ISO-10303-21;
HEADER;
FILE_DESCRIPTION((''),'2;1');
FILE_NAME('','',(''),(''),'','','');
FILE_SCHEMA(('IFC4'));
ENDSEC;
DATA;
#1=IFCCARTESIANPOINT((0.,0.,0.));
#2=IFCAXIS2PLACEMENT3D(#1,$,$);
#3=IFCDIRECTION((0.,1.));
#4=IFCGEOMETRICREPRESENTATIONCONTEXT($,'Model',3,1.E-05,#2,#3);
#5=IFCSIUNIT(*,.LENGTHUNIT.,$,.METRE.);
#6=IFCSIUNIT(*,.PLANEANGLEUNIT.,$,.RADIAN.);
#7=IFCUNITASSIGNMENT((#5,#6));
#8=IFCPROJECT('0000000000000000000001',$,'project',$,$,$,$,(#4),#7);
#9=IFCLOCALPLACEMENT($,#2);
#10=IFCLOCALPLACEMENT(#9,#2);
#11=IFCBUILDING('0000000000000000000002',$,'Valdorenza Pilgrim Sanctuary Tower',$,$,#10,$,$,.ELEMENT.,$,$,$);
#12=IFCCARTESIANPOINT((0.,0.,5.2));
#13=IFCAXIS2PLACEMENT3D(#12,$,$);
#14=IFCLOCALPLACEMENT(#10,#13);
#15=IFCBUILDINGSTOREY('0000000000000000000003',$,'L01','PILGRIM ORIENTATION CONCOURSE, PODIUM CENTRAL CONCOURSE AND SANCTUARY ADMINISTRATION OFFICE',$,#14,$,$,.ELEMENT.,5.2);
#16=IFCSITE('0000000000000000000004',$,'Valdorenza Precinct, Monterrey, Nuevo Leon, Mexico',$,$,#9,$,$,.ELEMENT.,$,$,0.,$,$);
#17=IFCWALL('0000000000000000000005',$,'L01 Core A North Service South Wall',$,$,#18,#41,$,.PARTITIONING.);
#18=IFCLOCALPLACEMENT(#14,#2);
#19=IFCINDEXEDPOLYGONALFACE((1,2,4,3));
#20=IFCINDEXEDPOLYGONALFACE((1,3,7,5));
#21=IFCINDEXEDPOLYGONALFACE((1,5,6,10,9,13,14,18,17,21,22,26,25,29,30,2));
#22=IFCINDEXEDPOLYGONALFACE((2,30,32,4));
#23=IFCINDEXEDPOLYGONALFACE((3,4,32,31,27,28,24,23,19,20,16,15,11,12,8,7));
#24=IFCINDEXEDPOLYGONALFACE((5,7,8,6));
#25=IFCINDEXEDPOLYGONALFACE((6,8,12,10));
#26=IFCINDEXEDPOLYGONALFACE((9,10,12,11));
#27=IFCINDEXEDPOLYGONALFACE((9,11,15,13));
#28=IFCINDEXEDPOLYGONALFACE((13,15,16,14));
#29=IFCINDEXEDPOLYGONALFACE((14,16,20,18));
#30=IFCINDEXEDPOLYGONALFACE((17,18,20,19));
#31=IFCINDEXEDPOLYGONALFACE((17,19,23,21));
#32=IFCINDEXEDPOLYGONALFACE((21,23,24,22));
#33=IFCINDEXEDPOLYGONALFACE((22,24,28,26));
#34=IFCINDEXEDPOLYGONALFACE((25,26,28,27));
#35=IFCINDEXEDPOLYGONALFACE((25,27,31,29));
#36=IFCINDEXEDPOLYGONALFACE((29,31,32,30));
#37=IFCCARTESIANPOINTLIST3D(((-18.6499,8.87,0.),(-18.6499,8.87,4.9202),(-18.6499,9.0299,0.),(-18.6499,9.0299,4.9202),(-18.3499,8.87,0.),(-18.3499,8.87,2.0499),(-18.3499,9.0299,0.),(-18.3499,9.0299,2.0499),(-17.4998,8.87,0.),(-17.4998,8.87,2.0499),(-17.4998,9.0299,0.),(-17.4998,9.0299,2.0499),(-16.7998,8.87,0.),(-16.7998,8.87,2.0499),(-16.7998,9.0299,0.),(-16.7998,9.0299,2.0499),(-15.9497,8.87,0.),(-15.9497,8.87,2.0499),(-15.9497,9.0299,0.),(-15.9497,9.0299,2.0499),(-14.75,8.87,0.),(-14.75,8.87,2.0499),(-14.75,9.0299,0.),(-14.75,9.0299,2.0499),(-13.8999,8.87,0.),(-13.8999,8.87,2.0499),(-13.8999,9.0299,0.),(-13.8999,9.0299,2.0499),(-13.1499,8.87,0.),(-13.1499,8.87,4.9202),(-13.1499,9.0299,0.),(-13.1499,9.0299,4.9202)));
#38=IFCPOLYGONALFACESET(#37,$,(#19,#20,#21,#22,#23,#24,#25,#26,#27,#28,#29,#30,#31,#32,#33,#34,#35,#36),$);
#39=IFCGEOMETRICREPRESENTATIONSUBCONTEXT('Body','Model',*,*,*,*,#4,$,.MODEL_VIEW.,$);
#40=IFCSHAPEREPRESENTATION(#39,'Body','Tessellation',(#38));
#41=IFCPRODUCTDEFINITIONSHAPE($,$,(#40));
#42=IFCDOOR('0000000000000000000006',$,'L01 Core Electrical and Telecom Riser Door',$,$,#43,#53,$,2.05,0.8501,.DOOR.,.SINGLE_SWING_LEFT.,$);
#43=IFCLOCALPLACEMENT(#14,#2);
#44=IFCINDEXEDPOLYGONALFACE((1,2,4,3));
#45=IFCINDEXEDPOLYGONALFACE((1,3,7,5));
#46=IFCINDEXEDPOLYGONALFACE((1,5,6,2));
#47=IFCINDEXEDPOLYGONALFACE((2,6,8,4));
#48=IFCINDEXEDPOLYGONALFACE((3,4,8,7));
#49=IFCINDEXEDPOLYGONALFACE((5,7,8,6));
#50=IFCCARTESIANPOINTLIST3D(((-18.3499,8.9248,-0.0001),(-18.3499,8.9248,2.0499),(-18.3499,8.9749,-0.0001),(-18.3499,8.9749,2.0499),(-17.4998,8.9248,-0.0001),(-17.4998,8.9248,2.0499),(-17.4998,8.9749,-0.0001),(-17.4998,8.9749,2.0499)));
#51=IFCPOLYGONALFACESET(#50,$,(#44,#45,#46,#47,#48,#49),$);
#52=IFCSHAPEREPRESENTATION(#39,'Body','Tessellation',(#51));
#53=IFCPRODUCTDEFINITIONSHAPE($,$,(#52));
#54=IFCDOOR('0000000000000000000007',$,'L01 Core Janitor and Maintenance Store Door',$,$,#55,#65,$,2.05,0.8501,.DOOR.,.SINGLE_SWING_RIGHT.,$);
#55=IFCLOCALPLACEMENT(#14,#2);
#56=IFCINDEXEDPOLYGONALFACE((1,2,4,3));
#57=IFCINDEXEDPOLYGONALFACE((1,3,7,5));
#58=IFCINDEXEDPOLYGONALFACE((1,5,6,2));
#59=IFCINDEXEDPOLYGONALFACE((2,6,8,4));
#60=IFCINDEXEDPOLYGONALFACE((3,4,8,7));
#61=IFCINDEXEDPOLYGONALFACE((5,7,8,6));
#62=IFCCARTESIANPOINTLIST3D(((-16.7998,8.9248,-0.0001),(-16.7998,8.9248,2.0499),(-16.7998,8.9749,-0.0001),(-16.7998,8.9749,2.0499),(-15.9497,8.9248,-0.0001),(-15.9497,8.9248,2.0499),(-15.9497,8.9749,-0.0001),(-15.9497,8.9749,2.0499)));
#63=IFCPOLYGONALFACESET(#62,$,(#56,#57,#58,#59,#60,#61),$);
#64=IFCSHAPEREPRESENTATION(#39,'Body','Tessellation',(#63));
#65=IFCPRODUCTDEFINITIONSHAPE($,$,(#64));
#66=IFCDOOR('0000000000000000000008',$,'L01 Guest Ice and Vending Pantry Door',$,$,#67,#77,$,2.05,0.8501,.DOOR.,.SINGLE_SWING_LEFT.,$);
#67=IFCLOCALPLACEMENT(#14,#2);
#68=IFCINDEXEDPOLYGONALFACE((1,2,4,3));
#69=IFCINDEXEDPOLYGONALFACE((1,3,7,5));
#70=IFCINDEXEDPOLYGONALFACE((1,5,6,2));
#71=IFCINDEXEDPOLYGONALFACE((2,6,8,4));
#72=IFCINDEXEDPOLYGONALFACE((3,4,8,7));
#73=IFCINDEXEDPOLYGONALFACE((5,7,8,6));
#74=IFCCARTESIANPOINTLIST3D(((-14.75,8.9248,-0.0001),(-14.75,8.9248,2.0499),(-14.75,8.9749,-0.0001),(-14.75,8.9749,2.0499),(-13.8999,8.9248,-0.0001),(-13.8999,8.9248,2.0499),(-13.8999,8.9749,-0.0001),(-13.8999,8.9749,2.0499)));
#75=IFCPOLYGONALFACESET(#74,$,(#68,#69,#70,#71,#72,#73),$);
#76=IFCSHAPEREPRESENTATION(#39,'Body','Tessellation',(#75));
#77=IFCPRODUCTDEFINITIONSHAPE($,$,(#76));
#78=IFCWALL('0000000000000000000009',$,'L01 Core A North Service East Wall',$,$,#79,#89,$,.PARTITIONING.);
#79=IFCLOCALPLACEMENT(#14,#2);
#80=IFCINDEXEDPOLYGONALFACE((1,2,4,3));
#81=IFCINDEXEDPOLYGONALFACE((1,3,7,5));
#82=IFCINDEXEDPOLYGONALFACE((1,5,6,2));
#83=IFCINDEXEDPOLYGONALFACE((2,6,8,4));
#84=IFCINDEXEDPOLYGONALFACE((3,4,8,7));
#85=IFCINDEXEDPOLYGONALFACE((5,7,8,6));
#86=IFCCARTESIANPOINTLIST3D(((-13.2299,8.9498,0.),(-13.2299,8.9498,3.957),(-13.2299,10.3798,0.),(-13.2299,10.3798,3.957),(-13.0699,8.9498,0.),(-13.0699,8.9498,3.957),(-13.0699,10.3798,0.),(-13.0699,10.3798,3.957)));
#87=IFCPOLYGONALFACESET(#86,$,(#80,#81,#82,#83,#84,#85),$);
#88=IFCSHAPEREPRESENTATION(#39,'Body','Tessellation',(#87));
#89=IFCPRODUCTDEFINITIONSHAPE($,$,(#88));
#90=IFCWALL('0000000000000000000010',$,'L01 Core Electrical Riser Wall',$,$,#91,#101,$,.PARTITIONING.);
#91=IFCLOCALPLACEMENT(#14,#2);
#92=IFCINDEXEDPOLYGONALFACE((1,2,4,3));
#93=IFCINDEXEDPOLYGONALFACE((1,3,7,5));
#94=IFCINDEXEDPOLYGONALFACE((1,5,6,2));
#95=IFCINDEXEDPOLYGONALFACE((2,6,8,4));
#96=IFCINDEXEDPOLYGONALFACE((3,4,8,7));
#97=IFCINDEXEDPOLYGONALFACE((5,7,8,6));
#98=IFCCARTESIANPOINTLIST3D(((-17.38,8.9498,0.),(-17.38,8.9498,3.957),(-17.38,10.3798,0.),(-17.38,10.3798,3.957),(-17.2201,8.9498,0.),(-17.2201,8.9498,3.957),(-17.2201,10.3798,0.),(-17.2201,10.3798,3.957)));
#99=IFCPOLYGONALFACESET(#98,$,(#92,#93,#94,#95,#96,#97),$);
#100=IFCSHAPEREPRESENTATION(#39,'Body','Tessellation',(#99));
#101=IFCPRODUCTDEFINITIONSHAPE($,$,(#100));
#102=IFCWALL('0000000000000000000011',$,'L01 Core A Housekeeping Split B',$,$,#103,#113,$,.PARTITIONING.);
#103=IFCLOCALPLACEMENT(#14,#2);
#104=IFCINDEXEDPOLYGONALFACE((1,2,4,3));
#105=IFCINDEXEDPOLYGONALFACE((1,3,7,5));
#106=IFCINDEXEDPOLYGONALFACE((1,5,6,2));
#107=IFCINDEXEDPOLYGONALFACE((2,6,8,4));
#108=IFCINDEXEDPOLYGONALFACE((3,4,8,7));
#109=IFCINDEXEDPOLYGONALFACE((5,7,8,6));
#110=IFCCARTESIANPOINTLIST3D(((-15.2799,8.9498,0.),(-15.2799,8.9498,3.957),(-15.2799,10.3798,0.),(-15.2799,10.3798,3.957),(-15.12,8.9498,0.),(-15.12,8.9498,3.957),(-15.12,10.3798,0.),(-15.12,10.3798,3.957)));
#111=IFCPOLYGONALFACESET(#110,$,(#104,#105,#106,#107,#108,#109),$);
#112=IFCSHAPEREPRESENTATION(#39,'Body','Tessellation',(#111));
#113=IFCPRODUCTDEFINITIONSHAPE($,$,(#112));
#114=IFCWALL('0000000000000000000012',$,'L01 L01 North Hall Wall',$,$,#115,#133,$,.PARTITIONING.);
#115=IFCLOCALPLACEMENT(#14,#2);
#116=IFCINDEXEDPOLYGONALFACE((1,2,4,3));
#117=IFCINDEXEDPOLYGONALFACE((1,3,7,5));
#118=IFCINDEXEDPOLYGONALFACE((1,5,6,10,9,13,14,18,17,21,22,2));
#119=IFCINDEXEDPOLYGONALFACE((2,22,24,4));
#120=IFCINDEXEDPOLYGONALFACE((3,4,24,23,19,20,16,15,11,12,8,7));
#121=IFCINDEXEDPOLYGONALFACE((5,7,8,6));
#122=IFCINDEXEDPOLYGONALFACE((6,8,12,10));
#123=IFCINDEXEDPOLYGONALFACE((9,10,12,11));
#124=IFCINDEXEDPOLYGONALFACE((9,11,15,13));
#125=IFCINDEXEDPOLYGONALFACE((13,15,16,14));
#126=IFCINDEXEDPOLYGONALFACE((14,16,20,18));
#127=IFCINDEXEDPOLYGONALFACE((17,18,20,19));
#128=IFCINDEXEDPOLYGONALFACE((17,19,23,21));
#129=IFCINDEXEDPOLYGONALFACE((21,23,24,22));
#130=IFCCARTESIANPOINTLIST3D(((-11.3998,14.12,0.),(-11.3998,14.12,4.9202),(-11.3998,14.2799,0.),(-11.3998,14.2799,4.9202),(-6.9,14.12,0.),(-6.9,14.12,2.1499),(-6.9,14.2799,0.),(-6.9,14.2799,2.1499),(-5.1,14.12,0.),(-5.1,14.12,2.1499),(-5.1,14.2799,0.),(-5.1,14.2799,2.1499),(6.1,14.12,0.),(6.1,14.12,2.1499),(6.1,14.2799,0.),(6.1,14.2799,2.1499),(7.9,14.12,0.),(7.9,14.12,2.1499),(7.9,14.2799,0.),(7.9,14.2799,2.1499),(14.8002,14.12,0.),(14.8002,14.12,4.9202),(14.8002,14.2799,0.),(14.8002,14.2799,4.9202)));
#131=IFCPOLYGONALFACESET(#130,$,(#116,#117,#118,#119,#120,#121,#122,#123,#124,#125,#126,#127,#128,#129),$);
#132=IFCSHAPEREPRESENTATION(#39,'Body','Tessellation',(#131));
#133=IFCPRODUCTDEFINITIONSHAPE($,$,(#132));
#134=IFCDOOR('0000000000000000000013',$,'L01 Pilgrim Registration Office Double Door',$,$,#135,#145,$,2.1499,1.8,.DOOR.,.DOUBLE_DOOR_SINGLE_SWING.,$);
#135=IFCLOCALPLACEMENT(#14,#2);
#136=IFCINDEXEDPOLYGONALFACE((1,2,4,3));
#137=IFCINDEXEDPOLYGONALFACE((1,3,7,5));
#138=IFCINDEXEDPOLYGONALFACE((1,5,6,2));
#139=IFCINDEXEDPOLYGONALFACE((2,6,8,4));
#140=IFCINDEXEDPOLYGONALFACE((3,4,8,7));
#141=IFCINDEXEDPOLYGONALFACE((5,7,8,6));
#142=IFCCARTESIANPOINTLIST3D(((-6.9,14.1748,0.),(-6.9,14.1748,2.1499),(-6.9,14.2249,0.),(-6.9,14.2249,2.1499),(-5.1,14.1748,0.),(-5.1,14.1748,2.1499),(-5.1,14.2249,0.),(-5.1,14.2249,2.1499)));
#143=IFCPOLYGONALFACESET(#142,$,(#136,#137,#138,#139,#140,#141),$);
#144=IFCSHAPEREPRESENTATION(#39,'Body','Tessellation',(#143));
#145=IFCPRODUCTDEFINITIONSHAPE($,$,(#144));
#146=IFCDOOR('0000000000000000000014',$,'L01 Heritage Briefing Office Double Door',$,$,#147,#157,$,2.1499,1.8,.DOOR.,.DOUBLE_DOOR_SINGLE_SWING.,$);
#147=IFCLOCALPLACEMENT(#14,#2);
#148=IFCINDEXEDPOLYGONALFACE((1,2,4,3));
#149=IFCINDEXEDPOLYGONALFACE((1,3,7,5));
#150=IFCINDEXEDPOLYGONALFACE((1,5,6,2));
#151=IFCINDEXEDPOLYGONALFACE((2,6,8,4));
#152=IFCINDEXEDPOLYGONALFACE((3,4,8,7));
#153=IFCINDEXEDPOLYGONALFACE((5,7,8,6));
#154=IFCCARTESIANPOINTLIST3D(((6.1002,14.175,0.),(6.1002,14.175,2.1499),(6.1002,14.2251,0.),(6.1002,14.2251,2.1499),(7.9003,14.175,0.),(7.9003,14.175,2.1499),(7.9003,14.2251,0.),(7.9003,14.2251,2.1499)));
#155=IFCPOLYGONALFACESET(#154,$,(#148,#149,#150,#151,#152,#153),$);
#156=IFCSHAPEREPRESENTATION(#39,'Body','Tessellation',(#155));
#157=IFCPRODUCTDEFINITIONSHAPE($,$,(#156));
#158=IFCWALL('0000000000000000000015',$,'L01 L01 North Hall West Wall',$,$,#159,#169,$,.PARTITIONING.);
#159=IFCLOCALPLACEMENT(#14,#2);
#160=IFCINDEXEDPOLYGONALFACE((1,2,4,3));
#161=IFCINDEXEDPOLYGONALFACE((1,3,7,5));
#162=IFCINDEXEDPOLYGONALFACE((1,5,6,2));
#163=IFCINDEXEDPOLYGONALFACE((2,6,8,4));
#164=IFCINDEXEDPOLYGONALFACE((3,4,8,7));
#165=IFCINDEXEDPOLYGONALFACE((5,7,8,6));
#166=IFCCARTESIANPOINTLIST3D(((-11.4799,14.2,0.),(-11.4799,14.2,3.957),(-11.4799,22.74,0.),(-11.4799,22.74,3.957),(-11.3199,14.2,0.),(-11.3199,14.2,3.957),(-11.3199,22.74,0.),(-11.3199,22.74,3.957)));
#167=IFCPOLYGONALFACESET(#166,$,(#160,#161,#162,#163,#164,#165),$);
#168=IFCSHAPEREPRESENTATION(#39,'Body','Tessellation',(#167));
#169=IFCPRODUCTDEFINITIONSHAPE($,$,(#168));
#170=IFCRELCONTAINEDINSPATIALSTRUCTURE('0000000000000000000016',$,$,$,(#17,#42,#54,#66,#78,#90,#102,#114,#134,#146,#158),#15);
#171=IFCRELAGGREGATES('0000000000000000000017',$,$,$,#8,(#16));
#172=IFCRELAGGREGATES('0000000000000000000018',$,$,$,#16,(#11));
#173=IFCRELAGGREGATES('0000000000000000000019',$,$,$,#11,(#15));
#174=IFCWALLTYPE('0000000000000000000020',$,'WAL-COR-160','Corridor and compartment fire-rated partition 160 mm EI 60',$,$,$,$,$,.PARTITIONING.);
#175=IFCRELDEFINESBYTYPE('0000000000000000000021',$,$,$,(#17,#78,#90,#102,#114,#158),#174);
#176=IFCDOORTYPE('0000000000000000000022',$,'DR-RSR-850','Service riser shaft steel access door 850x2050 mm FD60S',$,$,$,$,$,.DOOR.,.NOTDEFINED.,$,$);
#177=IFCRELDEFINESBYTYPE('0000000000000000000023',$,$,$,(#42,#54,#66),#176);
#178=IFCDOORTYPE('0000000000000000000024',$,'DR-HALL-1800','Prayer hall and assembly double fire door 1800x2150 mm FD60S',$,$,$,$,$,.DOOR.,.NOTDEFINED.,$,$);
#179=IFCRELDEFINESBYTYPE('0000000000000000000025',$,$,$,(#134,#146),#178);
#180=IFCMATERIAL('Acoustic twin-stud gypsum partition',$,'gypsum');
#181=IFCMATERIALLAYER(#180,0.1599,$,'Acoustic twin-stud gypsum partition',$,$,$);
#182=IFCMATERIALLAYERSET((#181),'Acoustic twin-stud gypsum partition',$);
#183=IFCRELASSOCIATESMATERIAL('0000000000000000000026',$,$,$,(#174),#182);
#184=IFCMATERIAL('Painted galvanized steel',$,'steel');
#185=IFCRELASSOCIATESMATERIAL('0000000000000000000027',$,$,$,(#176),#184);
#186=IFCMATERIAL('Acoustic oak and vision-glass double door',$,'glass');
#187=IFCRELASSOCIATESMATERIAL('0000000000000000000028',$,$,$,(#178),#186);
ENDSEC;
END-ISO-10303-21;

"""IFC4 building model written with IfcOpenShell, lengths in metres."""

from ifc_helpers import new_model, si_unit, direction, frame, frame_2d, origin, place, context, subcontext, project, spatial, rectangle, extrude, material, layer, layer_set, type_object, element, fill, save


model = new_model("IFC4")

# Units and contexts
model_context = context("Model", 3, precision=1e-05, world=origin(), true_north=direction((0.0, 1.0)))
body_context = subcontext(model_context, "Body", "Model", "MODEL_VIEW")
ifc_project = project(units=[si_unit("LENGTHUNIT", "METRE"), si_unit("PLANEANGLEUNIT", "RADIAN")], contexts=[model_context])

# Site, building, storey
site_placement = place(None, origin())
site = spatial("IfcSite", under=ifc_project, at=site_placement, Name="Valdorenza Precinct, Monterrey, Nuevo Leon, Mexico", CompositionType="ELEMENT", RefElevation=0.0)
building_placement = place(site_placement, origin())
building = spatial("IfcBuilding", under=site, at=building_placement, Name="Valdorenza Pilgrim Sanctuary Tower", CompositionType="ELEMENT")
storey_placement = place(building_placement, frame((0.0, 0.0, 5.2)))
storey = spatial("IfcBuildingStorey", under=building, at=storey_placement, Name="L01", Description="PILGRIM ORIENTATION CONCOURSE, PODIUM CENTRAL CONCOURSE AND SANCTUARY ADMINISTRATION OFFICE", CompositionType="ELEMENT", Elevation=5.2)

# Shared definitions
ifc_material_1 = material(Name="Acoustic twin-stud gypsum partition", Category="gypsum")
ifc_layer_1 = layer(ifc_material_1, 0.1599, Name="Acoustic twin-stud gypsum partition")
ifc_layer_set_1 = layer_set([ifc_layer_1], Name="Acoustic twin-stud gypsum partition")
wall_type_1 = type_object("IfcWallType", Name="WAL-COR-160", Description="Corridor and compartment fire-rated partition 160 mm EI 60", PredefinedType="PARTITIONING", material=ifc_layer_set_1)

# Wall, openings, doors
wall_1_placement = place(storey_placement, frame((-18.6499, 8.95, 0.0), z_axis=(0.0, 0.0, 1.0), x_axis=(1.0, 0.0, 0.0)))
wall_1 = element("IfcWall", 1, at=wall_1_placement, inside=storey, type_object=wall_type_1, Name="L01 Core A North Service South Wall", PredefinedType="PARTITIONING", context=body_context, shape_type="SweptSolid", body=[
    extrude(rectangle(XDim=5.5, YDim=0.1599, at=frame_2d((2.75, 0.0))), origin(), (0.0, 0.0, 1.0), 4.9202),
])
opening_1_placement = place(wall_1_placement, frame((0.3, 0.0, 0.0)))
opening_1 = element("IfcOpeningElement", 2, at=opening_1_placement, cuts=wall_1, PredefinedType="OPENING", context=body_context, shape_type="SweptSolid", body=[
    extrude(rectangle(XDim=0.8501, YDim=2.05, at=frame_2d((0.425, 1.0249))), frame((0.0, 0.0947, 0.0), z_axis=(0.0, -1.0, 0.0), x_axis=(1.0, 0.0, 0.0)), (0.0, 0.0, 1.0), 0.1897),
])
opening_2_placement = place(wall_1_placement, frame((1.8501, 0.0, 0.0)))
opening_2 = element("IfcOpeningElement", 3, at=opening_2_placement, cuts=wall_1, PredefinedType="OPENING", context=body_context, shape_type="SweptSolid", body=[
    extrude(rectangle(XDim=0.8501, YDim=2.05, at=frame_2d((0.425, 1.0249))), frame((0.0, 0.0947, 0.0), z_axis=(0.0, -1.0, 0.0), x_axis=(1.0, 0.0, 0.0)), (0.0, 0.0, 1.0), 0.1897),
])
opening_3_placement = place(wall_1_placement, frame((3.8999, 0.0, 0.0)))
opening_3 = element("IfcOpeningElement", 4, at=opening_3_placement, cuts=wall_1, PredefinedType="OPENING", context=body_context, shape_type="SweptSolid", body=[
    extrude(rectangle(XDim=0.8501, YDim=2.05, at=frame_2d((0.425, 1.0249))), frame((0.0, 0.0947, 0.0), z_axis=(0.0, -1.0, 0.0), x_axis=(1.0, 0.0, 0.0)), (0.0, 0.0, 1.0), 0.1897),
])
ifc_material_2 = material(Name="Painted galvanized steel", Category="steel")
door_type_1 = type_object("IfcDoorType", Name="DR-RSR-850", Description="Service riser shaft steel access door 850x2050 mm FD60S", OperationType="NOTDEFINED", PredefinedType="DOOR", material=ifc_material_2)
door_1_placement = place(opening_1_placement, origin())
door_1 = element("IfcDoor", 5, at=door_1_placement, inside=storey, type_object=door_type_1, Name="L01 Core Electrical and Telecom Riser Door", OperationType="SINGLE_SWING_LEFT", OverallHeight=2.05, OverallWidth=0.8501, PredefinedType="DOOR", context=body_context, shape_type="SweptSolid", body=[
    extrude(rectangle(XDim=0.8501, YDim=2.05, at=frame_2d((0.425, 1.0249))), frame((0.0, 0.0249, 0.0), z_axis=(0.0, -1.0, 0.0), x_axis=(1.0, 0.0, 0.0)), (0.0, 0.0, 1.0), 0.05),
])
fill(opening_1, door_1)
door_2_placement = place(opening_2_placement, origin())
door_2 = element("IfcDoor", 6, at=door_2_placement, inside=storey, type_object=door_type_1, Name="L01 Core Janitor and Maintenance Store Door", OperationType="SINGLE_SWING_RIGHT", OverallHeight=2.05, OverallWidth=0.8501, PredefinedType="DOOR", context=body_context, shape_type="SweptSolid", body=[
    extrude(rectangle(XDim=0.8501, YDim=2.05, at=frame_2d((0.425, 1.0249))), frame((0.0, 0.0249, 0.0), z_axis=(0.0, -1.0, 0.0), x_axis=(1.0, 0.0, 0.0)), (0.0, 0.0, 1.0), 0.05),
])
fill(opening_2, door_2)
door_3_placement = place(opening_3_placement, origin())
door_3 = element("IfcDoor", 7, at=door_3_placement, inside=storey, type_object=door_type_1, Name="L01 Guest Ice and Vending Pantry Door", OperationType="SINGLE_SWING_LEFT", OverallHeight=2.05, OverallWidth=0.8501, PredefinedType="DOOR", context=body_context, shape_type="SweptSolid", body=[
    extrude(rectangle(XDim=0.8501, YDim=2.05, at=frame_2d((0.425, 1.0249))), frame((0.0, 0.0249, 0.0), z_axis=(0.0, -1.0, 0.0), x_axis=(1.0, 0.0, 0.0)), (0.0, 0.0, 1.0), 0.05),
])
fill(opening_3, door_3)

# Walls
for number, where, z_axis, x_axis, name in (
    (8, (-13.1499, 8.95, 0.0), (0.0, 0.0, 1.0), (0.0, 1.0, 0.0), "L01 Core A North Service East Wall"),
    (9, (-17.3, 8.95, 0.0), (0.0, 0.0, 1.0), (0.0, 1.0, 0.0), "L01 Core Electrical Riser Wall"),
    (10, (-15.2, 8.95, 0.0), (0.0, 0.0, 1.0), (0.0, 1.0, 0.0), "L01 Core A Housekeeping Split B"),
):
    element("IfcWall", number, at=place(storey_placement, frame(where, z_axis=z_axis, x_axis=x_axis)), inside=storey, type_object=wall_type_1, Name=name, PredefinedType="PARTITIONING", context=body_context, shape_type="SweptSolid", body=[
        extrude(rectangle(XDim=1.4299, YDim=0.1599, at=frame_2d((0.7148, 0.0))), origin(), (0.0, 0.0, 1.0), 3.957),
    ])

# Wall, openings, doors
wall_2_placement = place(storey_placement, frame((-11.3999, 14.2, 0.0), z_axis=(0.0, 0.0, 1.0), x_axis=(1.0, 0.0, 0.0)))
wall_2 = element("IfcWall", 11, at=wall_2_placement, inside=storey, type_object=wall_type_1, Name="L01 L01 North Hall Wall", PredefinedType="PARTITIONING", context=body_context, shape_type="SweptSolid", body=[
    extrude(rectangle(XDim=26.2, YDim=0.1599, at=frame_2d((13.1001, 0.0))), origin(), (0.0, 0.0, 1.0), 4.9202),
])
opening_4_placement = place(wall_2_placement, frame((4.5, 0.0, 0.0)))
opening_4 = element("IfcOpeningElement", 12, at=opening_4_placement, cuts=wall_2, PredefinedType="OPENING", context=body_context, shape_type="SweptSolid", body=[
    extrude(rectangle(XDim=1.8, YDim=2.1499, at=frame_2d((0.8999, 1.075))), frame((0.0, 0.0947, 0.0), z_axis=(0.0, -1.0, 0.0), x_axis=(1.0, 0.0, 0.0)), (0.0, 0.0, 1.0), 0.1897),
])
opening_5_placement = place(wall_2_placement, frame((17.5, 0.0, 0.0)))
opening_5 = element("IfcOpeningElement", 13, at=opening_5_placement, cuts=wall_2, PredefinedType="OPENING", context=body_context, shape_type="SweptSolid", body=[
    extrude(rectangle(XDim=1.8, YDim=2.1499, at=frame_2d((0.8999, 1.075))), frame((0.0, 0.0947, 0.0), z_axis=(0.0, -1.0, 0.0), x_axis=(1.0, 0.0, 0.0)), (0.0, 0.0, 1.0), 0.1897),
])
ifc_material_3 = material(Name="Acoustic oak and vision-glass double door", Category="glass")
door_type_2 = type_object("IfcDoorType", Name="DR-HALL-1800", Description="Prayer hall and assembly double fire door 1800x2150 mm FD60S", OperationType="NOTDEFINED", PredefinedType="DOOR", material=ifc_material_3)
door_4_placement = place(opening_4_placement, origin())
door_4 = element("IfcDoor", 14, at=door_4_placement, inside=storey, type_object=door_type_2, Name="L01 Pilgrim Registration Office Double Door", OperationType="DOUBLE_DOOR_SINGLE_SWING", OverallHeight=2.1499, OverallWidth=1.8, PredefinedType="DOOR", context=body_context, shape_type="SweptSolid", body=[
    extrude(rectangle(XDim=1.8, YDim=2.1499, at=frame_2d((0.8999, 1.075))), frame((0.0, 0.0249, 0.0), z_axis=(0.0, -1.0, 0.0), x_axis=(1.0, 0.0, 0.0)), (0.0, 0.0, 1.0), 0.05),
])
fill(opening_4, door_4)
door_5_placement = place(opening_5_placement, frame((1.8, 0.0, 0.0), z_axis=(0.0, 0.0, 1.0), x_axis=(-1.0, 0.0, 0.0)))
door_5 = element("IfcDoor", 15, at=door_5_placement, inside=storey, type_object=door_type_2, Name="L01 Heritage Briefing Office Double Door", OperationType="DOUBLE_DOOR_SINGLE_SWING", OverallHeight=2.1499, OverallWidth=1.8, PredefinedType="DOOR", context=body_context, shape_type="SweptSolid", body=[
    extrude(rectangle(XDim=1.8, YDim=2.1499, at=frame_2d((0.8999, 1.075))), frame((0.0, 0.0249, 0.0), z_axis=(0.0, -1.0, 0.0), x_axis=(1.0, 0.0, 0.0)), (0.0, 0.0, 1.0), 0.05),
])
fill(opening_5, door_5)

# Wall
wall_3_placement = place(storey_placement, frame((-11.3999, 14.2, 0.0), z_axis=(0.0, 0.0, 1.0), x_axis=(0.0, 1.0, 0.0)))
element("IfcWall", 16, at=wall_3_placement, inside=storey, type_object=wall_type_1, Name="L01 L01 North Hall West Wall", PredefinedType="PARTITIONING", context=body_context, shape_type="SweptSolid", body=[
    extrude(rectangle(XDim=8.54, YDim=0.1599, at=frame_2d((4.27, 0.0))), origin(), (0.0, 0.0, 1.0), 3.957),
])

save(model, "model.ifc")
